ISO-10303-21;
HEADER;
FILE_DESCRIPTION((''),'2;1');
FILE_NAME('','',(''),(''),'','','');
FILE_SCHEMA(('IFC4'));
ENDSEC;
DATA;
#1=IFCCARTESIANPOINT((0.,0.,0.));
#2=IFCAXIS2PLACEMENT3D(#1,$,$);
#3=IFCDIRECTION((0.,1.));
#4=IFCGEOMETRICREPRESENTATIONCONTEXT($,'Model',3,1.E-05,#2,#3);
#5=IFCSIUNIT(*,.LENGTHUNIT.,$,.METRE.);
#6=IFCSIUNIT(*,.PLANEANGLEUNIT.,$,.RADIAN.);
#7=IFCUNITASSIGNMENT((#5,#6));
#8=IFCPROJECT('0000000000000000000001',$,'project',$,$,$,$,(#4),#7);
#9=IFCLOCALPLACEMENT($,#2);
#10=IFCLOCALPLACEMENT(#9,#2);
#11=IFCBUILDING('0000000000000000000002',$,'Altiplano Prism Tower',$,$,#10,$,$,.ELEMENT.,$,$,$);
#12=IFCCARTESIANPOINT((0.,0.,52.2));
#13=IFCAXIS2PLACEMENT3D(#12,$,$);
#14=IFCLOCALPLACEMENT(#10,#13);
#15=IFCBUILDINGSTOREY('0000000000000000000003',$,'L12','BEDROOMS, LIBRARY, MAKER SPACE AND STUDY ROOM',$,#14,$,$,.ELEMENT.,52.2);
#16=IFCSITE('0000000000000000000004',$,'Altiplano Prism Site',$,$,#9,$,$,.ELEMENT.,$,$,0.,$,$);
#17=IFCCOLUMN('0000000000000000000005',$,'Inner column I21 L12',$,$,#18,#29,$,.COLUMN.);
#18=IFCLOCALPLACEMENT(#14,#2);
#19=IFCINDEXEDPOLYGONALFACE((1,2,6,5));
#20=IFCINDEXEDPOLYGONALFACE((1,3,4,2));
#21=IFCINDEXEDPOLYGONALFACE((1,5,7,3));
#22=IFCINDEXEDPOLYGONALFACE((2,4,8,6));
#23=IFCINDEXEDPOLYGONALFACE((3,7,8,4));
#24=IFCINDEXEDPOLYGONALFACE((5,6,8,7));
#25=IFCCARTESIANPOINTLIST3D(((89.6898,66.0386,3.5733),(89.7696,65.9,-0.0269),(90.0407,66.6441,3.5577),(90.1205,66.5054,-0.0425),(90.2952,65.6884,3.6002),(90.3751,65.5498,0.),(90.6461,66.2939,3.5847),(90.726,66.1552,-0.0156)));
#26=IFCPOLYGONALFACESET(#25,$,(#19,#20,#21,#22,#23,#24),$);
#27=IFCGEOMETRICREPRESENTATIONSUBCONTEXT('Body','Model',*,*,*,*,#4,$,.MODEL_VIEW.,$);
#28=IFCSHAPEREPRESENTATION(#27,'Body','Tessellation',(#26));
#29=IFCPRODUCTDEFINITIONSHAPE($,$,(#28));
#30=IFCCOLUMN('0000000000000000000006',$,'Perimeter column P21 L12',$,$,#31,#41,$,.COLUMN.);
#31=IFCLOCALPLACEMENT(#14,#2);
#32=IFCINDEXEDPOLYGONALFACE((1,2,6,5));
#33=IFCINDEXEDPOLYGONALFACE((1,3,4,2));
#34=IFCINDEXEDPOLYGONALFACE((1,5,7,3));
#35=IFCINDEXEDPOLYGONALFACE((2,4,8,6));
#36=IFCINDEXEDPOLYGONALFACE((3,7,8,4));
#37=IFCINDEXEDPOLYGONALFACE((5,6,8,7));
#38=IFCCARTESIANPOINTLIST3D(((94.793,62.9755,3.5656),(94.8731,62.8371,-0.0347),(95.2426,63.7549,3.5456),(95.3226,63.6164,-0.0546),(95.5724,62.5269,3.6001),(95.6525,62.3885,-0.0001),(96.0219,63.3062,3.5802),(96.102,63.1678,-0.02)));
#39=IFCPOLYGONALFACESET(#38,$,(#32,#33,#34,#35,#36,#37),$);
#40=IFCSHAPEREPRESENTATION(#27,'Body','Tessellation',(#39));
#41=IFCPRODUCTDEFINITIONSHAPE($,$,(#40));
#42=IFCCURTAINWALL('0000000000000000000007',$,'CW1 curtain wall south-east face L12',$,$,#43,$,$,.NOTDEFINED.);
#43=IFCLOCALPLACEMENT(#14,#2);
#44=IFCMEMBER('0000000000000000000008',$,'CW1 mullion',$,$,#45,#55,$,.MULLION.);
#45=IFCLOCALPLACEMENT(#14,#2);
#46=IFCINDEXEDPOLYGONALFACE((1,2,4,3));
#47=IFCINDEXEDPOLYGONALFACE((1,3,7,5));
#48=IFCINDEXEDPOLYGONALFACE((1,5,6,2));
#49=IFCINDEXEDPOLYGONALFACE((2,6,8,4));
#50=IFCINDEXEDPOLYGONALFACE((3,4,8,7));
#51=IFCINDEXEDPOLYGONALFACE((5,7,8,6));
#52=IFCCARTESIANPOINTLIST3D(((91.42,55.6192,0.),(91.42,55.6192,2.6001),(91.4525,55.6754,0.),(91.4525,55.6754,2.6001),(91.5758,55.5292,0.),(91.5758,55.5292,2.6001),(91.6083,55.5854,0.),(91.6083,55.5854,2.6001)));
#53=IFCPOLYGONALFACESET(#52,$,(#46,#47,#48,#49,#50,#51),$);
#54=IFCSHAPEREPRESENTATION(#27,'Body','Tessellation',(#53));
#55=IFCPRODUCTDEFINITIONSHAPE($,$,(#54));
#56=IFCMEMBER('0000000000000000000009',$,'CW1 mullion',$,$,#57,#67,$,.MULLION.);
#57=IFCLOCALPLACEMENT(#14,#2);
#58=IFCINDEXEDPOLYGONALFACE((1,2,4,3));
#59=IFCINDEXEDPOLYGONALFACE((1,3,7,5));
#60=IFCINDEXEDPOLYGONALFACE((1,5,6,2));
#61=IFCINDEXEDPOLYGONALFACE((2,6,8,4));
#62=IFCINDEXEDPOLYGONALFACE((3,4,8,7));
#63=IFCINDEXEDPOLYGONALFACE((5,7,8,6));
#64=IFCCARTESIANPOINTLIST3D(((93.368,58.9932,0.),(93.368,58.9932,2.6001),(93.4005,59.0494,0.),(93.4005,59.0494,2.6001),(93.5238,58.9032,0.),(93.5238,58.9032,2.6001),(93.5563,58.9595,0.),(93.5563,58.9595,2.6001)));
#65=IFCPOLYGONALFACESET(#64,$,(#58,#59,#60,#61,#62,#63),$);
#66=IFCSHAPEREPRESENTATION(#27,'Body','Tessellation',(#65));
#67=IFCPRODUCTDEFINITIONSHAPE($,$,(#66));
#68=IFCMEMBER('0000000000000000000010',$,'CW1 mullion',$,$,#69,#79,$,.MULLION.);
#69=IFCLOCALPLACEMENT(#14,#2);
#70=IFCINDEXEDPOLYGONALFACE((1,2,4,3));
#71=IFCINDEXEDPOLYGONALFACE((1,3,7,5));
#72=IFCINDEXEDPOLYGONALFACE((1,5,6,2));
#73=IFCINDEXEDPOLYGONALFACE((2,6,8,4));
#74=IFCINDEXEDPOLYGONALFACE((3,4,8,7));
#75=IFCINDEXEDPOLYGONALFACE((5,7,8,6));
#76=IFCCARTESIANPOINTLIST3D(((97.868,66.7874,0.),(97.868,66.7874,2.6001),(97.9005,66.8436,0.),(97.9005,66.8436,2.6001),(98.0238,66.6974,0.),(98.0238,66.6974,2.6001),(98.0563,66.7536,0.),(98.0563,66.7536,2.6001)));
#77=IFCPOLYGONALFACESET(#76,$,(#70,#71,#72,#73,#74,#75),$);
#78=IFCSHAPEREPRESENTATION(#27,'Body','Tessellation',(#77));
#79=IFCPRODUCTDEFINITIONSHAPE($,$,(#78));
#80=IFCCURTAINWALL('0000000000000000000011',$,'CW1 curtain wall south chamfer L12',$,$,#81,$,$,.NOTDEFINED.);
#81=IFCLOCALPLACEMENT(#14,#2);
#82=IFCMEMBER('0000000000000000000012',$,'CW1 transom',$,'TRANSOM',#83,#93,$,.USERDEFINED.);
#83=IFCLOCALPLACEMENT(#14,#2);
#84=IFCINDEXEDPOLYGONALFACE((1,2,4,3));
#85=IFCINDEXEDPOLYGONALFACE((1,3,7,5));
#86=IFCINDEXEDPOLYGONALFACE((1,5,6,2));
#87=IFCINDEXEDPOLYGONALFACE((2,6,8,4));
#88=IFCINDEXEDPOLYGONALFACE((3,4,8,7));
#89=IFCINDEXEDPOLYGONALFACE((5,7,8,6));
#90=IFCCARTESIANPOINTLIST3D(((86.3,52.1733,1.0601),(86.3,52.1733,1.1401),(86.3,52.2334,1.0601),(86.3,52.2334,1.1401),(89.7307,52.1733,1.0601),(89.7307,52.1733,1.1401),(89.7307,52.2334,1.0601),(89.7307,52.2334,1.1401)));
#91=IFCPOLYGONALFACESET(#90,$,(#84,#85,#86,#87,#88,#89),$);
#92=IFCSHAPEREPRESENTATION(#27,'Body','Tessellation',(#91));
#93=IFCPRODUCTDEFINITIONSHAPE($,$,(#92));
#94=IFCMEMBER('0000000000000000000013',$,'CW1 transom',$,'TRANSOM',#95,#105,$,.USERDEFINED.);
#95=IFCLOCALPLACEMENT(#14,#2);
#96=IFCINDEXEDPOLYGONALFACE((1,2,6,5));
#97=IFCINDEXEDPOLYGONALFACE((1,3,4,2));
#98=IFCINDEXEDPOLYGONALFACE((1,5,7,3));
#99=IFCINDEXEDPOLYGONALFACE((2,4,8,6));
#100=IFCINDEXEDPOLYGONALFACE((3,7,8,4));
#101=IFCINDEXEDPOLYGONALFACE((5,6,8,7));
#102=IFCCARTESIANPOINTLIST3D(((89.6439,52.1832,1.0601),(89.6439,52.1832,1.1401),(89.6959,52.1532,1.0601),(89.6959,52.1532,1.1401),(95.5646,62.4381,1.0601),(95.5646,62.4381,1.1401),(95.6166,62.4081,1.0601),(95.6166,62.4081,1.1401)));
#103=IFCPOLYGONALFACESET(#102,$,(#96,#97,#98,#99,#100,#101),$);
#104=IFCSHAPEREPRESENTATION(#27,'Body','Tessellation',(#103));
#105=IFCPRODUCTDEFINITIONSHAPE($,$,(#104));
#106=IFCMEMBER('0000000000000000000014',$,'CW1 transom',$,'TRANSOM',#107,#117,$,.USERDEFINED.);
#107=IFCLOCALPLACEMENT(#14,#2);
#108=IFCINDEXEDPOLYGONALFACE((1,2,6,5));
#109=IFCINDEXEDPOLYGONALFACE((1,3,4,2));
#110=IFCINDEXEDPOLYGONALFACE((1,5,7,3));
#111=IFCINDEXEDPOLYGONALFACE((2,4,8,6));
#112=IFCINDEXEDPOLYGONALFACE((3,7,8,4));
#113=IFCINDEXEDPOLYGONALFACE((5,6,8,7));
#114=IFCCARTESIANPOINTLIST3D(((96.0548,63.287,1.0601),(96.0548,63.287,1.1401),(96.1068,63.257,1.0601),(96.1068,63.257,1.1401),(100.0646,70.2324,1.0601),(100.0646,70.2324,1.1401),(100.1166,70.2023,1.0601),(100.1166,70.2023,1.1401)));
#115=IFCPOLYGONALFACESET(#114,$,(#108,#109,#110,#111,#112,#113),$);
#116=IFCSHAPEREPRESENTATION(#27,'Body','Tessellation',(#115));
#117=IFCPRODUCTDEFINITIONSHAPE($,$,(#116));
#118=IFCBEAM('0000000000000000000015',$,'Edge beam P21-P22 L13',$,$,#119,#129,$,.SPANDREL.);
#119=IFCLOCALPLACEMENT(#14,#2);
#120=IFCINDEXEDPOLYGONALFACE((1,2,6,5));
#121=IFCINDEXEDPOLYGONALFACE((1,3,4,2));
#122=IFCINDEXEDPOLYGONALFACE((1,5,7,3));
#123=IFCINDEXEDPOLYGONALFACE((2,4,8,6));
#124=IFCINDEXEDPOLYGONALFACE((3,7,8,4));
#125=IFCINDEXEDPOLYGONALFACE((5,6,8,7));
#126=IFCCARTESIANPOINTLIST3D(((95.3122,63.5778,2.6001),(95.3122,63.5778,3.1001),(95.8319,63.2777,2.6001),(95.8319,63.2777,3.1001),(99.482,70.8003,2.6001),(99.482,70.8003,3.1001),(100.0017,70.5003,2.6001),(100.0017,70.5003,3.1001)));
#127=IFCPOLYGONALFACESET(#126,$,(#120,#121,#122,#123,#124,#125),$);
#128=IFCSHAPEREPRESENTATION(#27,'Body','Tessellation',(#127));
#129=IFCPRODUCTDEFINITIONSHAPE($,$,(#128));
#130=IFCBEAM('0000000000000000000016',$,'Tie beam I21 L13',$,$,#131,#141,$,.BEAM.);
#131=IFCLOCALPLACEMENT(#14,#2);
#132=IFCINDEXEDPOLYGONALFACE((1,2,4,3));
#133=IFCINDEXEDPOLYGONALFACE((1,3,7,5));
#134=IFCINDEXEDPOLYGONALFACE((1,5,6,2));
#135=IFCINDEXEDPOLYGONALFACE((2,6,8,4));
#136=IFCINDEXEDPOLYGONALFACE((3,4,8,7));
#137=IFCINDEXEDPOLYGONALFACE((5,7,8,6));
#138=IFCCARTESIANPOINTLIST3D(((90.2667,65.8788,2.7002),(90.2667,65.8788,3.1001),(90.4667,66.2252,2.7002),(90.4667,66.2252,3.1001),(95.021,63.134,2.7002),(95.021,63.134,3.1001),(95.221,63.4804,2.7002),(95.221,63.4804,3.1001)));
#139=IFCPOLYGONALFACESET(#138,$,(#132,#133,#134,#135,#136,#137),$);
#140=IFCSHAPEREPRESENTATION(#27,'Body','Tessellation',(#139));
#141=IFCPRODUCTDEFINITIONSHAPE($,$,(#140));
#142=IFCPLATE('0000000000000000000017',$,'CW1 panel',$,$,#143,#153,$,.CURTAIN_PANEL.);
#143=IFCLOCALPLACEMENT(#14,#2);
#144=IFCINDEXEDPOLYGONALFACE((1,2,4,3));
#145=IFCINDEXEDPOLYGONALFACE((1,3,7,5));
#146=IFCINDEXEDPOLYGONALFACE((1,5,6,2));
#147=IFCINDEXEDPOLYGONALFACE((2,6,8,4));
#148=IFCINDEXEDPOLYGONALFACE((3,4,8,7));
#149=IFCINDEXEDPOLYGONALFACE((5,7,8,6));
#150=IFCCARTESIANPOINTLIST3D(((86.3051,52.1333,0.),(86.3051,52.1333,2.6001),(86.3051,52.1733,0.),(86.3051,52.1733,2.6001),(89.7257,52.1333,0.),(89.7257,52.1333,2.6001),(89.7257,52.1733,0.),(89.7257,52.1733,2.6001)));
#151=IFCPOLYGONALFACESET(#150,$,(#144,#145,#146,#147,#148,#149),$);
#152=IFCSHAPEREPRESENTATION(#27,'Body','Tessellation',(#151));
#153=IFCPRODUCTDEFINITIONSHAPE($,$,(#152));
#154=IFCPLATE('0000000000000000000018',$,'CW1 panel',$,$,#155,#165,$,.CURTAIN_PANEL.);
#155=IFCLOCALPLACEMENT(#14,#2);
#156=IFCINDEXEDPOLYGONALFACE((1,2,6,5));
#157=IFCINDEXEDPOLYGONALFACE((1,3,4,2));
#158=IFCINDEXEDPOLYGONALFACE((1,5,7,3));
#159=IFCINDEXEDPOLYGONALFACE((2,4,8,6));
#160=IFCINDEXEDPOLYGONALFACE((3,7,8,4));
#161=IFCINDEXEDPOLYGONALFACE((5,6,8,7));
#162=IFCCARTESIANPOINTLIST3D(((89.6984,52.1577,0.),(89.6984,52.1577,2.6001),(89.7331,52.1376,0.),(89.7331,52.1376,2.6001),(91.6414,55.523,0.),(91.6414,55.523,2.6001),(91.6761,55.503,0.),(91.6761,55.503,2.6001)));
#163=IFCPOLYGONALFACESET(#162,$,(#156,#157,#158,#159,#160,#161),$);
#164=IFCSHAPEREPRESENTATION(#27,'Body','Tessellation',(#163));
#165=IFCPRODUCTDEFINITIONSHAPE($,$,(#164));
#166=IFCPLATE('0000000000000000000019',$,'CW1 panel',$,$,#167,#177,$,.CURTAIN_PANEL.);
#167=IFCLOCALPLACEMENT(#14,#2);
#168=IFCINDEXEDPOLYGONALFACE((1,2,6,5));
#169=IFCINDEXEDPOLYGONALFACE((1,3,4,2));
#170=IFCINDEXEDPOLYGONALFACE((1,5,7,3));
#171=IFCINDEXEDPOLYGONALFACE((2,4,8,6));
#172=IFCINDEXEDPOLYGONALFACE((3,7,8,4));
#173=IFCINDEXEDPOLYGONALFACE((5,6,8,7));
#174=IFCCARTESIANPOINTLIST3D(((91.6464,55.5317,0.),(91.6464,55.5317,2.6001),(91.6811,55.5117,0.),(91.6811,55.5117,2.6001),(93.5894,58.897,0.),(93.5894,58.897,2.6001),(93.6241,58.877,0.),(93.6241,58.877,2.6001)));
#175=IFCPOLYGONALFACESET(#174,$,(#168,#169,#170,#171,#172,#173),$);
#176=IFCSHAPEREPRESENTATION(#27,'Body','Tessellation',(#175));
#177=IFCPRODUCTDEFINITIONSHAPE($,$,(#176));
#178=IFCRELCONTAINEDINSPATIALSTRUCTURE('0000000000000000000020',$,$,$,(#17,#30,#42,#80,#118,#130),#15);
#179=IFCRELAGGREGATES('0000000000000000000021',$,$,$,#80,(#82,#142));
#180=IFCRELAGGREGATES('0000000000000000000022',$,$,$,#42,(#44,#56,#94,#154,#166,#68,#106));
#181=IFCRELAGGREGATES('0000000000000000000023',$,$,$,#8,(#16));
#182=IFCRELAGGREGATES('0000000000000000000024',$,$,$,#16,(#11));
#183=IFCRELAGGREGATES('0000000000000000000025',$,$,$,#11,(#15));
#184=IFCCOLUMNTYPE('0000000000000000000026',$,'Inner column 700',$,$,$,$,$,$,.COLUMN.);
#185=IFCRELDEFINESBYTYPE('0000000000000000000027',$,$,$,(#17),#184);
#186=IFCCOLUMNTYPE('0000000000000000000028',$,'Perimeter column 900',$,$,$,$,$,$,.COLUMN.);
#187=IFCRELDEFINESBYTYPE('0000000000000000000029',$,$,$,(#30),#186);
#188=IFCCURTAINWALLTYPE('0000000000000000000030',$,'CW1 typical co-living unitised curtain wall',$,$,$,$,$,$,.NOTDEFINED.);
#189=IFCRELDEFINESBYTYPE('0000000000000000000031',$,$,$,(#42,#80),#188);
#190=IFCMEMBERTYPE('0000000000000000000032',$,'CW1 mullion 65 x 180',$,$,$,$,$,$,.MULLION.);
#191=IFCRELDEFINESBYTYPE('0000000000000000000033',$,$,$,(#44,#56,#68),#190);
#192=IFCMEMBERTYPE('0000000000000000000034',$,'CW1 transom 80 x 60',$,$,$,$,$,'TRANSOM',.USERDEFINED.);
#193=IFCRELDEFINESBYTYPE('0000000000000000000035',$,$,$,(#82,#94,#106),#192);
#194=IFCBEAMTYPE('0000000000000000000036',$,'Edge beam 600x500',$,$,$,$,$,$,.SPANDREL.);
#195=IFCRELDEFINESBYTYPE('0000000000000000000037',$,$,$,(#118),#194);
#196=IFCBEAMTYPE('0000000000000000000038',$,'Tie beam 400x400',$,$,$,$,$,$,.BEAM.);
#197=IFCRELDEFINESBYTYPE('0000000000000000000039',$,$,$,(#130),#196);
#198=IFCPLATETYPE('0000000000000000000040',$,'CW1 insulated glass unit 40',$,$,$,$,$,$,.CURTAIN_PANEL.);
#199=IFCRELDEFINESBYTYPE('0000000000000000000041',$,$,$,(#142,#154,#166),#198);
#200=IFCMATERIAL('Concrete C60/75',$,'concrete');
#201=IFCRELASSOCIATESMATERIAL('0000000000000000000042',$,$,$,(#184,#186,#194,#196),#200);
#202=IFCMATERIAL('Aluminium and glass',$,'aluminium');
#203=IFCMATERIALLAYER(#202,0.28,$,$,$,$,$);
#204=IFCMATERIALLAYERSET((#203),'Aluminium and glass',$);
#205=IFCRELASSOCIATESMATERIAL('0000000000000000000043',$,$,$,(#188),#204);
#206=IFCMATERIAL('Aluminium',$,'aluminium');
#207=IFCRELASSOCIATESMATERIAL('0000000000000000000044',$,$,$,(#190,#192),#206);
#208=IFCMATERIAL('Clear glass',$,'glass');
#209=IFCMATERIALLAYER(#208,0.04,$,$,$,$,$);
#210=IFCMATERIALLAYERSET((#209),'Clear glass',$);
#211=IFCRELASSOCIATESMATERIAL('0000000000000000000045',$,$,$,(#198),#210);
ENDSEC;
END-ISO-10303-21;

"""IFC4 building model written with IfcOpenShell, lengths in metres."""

from ifc_helpers import new_model, si_unit, direction, frame, origin, origin_2d, place, context, subcontext, project, spatial, rectangle, extrude, material, layer, layer_set, material_profile, profile_set, type_object, element, aggregate, save


model = new_model("IFC4")

# Units and contexts
model_context = context("Model", 3, precision=1e-05, world=origin(), true_north=direction((0.0, 1.0)))
body_context = subcontext(model_context, "Body", "Model", "MODEL_VIEW")
ifc_project = project(units=[si_unit("LENGTHUNIT", "METRE"), si_unit("PLANEANGLEUNIT", "RADIAN")], contexts=[model_context])

# Site, building, storey
site_placement = place(None, origin())
site = spatial("IfcSite", under=ifc_project, at=site_placement, Name="Altiplano Prism Site", CompositionType="ELEMENT", RefElevation=0.0)
building_placement = place(site_placement, origin())
building = spatial("IfcBuilding", under=site, at=building_placement, Name="Altiplano Prism Tower", CompositionType="ELEMENT")
storey_placement = place(building_placement, frame((0.0, 0.0, 52.2)))
storey = spatial("IfcBuildingStorey", under=building, at=storey_placement, Name="L12", Description="BEDROOMS, LIBRARY, MAKER SPACE AND STUDY ROOM", CompositionType="ELEMENT", Elevation=52.2)

# Columns
ifc_material_1 = material(Name="Concrete C60/75", Category="concrete")
ifc_material_profile_1 = material_profile(ifc_material_1, rectangle(XDim=0.7, YDim=0.7, at=origin_2d()), Name="Inner column 700")
ifc_profile_set_1 = profile_set([ifc_material_profile_1], Name="Concrete C60/75")
column_type_1 = type_object("IfcColumnType", Name="Inner column 700", PredefinedType="COLUMN", material=ifc_profile_set_1)
column_1_placement = place(storey_placement, frame((90.2478, 66.0276, -0.0212), z_axis=(-0.022154, 0.038481, 0.999014), x_axis=(-0.50131, -0.864983, 0.022201)))
element("IfcColumn", 1, at=column_1_placement, inside=storey, type_object=column_type_1, Name="Inner column I21 L12", PredefinedType="COLUMN", context=body_context, shape_type="SweptSolid", body=[
    extrude(rectangle(XDim=0.7, YDim=0.7, at=origin_2d()), origin(), (0.0, 0.0, 1.0), 3.6038),
])
ifc_material_profile_2 = material_profile(ifc_material_1, rectangle(XDim=0.8999, YDim=0.8999, at=origin_2d()), Name="Perimeter column 900")
ifc_profile_set_2 = profile_set([ifc_material_profile_2], Name="Concrete C60/75")
column_type_2 = type_object("IfcColumnType", Name="Perimeter column 900", PredefinedType="COLUMN", material=ifc_profile_set_2)
column_2_placement = place(storey_placement, frame((95.4875, 63.0024, -0.0273), z_axis=(-0.022221, 0.038413, 0.999015), x_axis=(-0.499506, -0.866026, 0.022189)))
element("IfcColumn", 2, at=column_2_placement, inside=storey, type_object=column_type_2, Name="Perimeter column P21 L12", PredefinedType="COLUMN", context=body_context, shape_type="SweptSolid", body=[
    extrude(rectangle(XDim=0.8999, YDim=0.8999, at=origin_2d()), origin(), (0.0, 0.0, 1.0), 3.6038),
])

# Curtain wall, members
ifc_material_2 = material(Name="Aluminium and glass", Category="aluminium")
ifc_layer_1 = layer(ifc_material_2, 0.28)
ifc_layer_set_1 = layer_set([ifc_layer_1], Name="Aluminium and glass")
curtain_wall_type = type_object("IfcCurtainWallType", Name="CW1 typical co-living unitised curtain wall", PredefinedType="NOTDEFINED", material=ifc_layer_set_1)
curtain_wall_1_placement = place(storey_placement, origin())
curtain_wall_1 = element("IfcCurtainWall", 3, at=curtain_wall_1_placement, inside=storey, type_object=curtain_wall_type, Name="CW1 curtain wall south-east face L12", PredefinedType="NOTDEFINED")
ifc_material_3 = material(Name="Aluminium", Category="aluminium")
ifc_material_profile_3 = material_profile(ifc_material_3, rectangle(XDim=0.1799, YDim=0.0649, at=origin_2d()), Name="CW1 mullion 65 x 180")
ifc_profile_set_3 = profile_set([ifc_material_profile_3], Name="Aluminium")
member_type_1 = type_object("IfcMemberType", Name="CW1 mullion 65 x 180", PredefinedType="MULLION", material=ifc_profile_set_3)
member_1_placement = place(storey_placement, frame((91.5142, 55.6023, 0.0), z_axis=(0.0, 0.0, 1.0), x_axis=(-0.866025, 0.5, 0.0)))
member_1 = element("IfcMember", 4, at=member_1_placement, type_object=member_type_1, Name="CW1 mullion", PredefinedType="MULLION", context=body_context, shape_type="SweptSolid", body=[
    extrude(rectangle(XDim=0.1799, YDim=0.0649, at=origin_2d()), origin(), (0.0, 0.0, 1.0), 2.6001),
])
member_2_placement = place(storey_placement, frame((93.4622, 58.9763, 0.0), z_axis=(0.0, 0.0, 1.0), x_axis=(-0.866025, 0.5, 0.0)))
member_2 = element("IfcMember", 5, at=member_2_placement, type_object=member_type_1, Name="CW1 mullion", PredefinedType="MULLION", context=body_context, shape_type="SweptSolid", body=[
    extrude(rectangle(XDim=0.1799, YDim=0.0649, at=origin_2d()), origin(), (0.0, 0.0, 1.0), 2.6001),
])
member_3_placement = place(storey_placement, frame((97.9622, 66.7705, 0.0), z_axis=(0.0, 0.0, 1.0), x_axis=(-0.866025, 0.5, 0.0)))
member_3 = element("IfcMember", 6, at=member_3_placement, type_object=member_type_1, Name="CW1 mullion", PredefinedType="MULLION", context=body_context, shape_type="SweptSolid", body=[
    extrude(rectangle(XDim=0.1799, YDim=0.0649, at=origin_2d()), origin(), (0.0, 0.0, 1.0), 2.6001),
])

# Curtain wall, member
curtain_wall_2_placement = place(storey_placement, origin())
curtain_wall_2 = element("IfcCurtainWall", 7, at=curtain_wall_2_placement, inside=storey, type_object=curtain_wall_type, Name="CW1 curtain wall south chamfer L12", PredefinedType="NOTDEFINED")
ifc_material_profile_4 = material_profile(ifc_material_3, rectangle(XDim=0.0601, YDim=0.0801, at=origin_2d()), Name="CW1 transom 80 x 60")
ifc_profile_set_4 = profile_set([ifc_material_profile_4], Name="Aluminium")
member_type_2 = type_object("IfcMemberType", Name="CW1 transom 80 x 60", ElementType="TRANSOM", PredefinedType="USERDEFINED", material=ifc_profile_set_4)
member_4_placement = place(storey_placement, frame((86.3, 52.2034, 1.1001), z_axis=(1.0, 0.0, 0.0), x_axis=(0.0, 1.0, 0.0)))
member_4 = element("IfcMember", 8, at=member_4_placement, type_object=member_type_2, Name="CW1 transom", ObjectType="TRANSOM", PredefinedType="USERDEFINED", context=body_context, shape_type="SweptSolid", body=[
    extrude(rectangle(XDim=0.0601, YDim=0.0801, at=origin_2d()), origin(), (0.0, 0.0, 1.0), 3.4307),
])

# Members
member_5_placement = place(storey_placement, frame((89.6699, 52.1682, 1.1001), z_axis=(0.5, 0.866026, 0.0), x_axis=(-0.866026, 0.5, 0.0)))
member_5 = element("IfcMember", 9, at=member_5_placement, type_object=member_type_2, Name="CW1 transom", ObjectType="TRANSOM", PredefinedType="USERDEFINED", context=body_context, shape_type="SweptSolid", body=[
    extrude(rectangle(XDim=0.0601, YDim=0.0801, at=origin_2d()), origin(), (0.0, 0.0, 1.0), 11.8413),
])
member_6_placement = place(storey_placement, frame((96.0808, 63.272, 1.1001), z_axis=(0.499989, 0.866031, 0.0), x_axis=(-0.866031, 0.499989, 0.0)))
member_6 = element("IfcMember", 10, at=member_6_placement, type_object=member_type_2, Name="CW1 transom", ObjectType="TRANSOM", PredefinedType="USERDEFINED", context=body_context, shape_type="SweptSolid", body=[
    extrude(rectangle(XDim=0.0601, YDim=0.0801, at=origin_2d()), origin(), (0.0, 0.0, 1.0), 8.0198),
])

# Beams
ifc_material_profile_5 = material_profile(ifc_material_1, rectangle(XDim=0.6001, YDim=0.5, at=origin_2d()), Name="Edge beam 600x500")
ifc_profile_set_5 = profile_set([ifc_material_profile_5], Name="Concrete C60/75")
beam_type_1 = type_object("IfcBeamType", Name="Edge beam 600x500", PredefinedType="SPANDREL", material=ifc_profile_set_5)
beam_1_placement = place(storey_placement, frame((95.572, 63.4277, 2.8501), z_axis=(0.499993, 0.86603, 0.0), x_axis=(-0.86603, 0.499993, 0.0)))
element("IfcBeam", 11, at=beam_1_placement, inside=storey, type_object=beam_type_1, Name="Edge beam P21-P22 L13", PredefinedType="SPANDREL", context=body_context, shape_type="SweptSolid", body=[
    extrude(rectangle(XDim=0.6001, YDim=0.5, at=origin_2d()), origin(), (0.0, 0.0, 1.0), 8.3398),
])
ifc_material_profile_6 = material_profile(ifc_material_1, rectangle(XDim=0.3999, YDim=0.3999, at=origin_2d()), Name="Tie beam 400x400")
ifc_profile_set_6 = profile_set([ifc_material_profile_6], Name="Concrete C60/75")
beam_type_2 = type_object("IfcBeamType", Name="Tie beam 400x400", PredefinedType="BEAM", material=ifc_profile_set_6)
beam_2_placement = place(storey_placement, frame((90.3667, 66.052, 2.9001), z_axis=(0.866032, -0.499989, 0.0), x_axis=(0.499989, 0.866032, 0.0)))
element("IfcBeam", 12, at=beam_2_placement, inside=storey, type_object=beam_type_2, Name="Tie beam I21 L13", PredefinedType="BEAM", context=body_context, shape_type="SweptSolid", body=[
    extrude(rectangle(XDim=0.3999, YDim=0.3999, at=origin_2d()), origin(), (0.0, 0.0, 1.0), 5.4897),
])

# Plates
ifc_material_4 = material(Name="Clear glass", Category="glass")
ifc_layer_2 = layer(ifc_material_4, 0.04)
ifc_layer_set_2 = layer_set([ifc_layer_2], Name="Clear glass")
plate_type = type_object("IfcPlateType", Name="CW1 insulated glass unit 40", PredefinedType="CURTAIN_PANEL", material=ifc_layer_set_2)
plate_1_placement = place(storey_placement, frame((88.0154, 52.1533, 0.0), z_axis=(0.0, 0.0, 1.0), x_axis=(1.0, 0.0, 0.0)))
plate_1 = element("IfcPlate", 13, at=plate_1_placement, type_object=plate_type, Name="CW1 panel", PredefinedType="CURTAIN_PANEL", context=body_context, shape_type="SweptSolid", body=[
    extrude(rectangle(XDim=3.4207, YDim=0.04, at=origin_2d()), origin(), (0.0, 0.0, 1.0), 2.6001),
])
aggregate(curtain_wall_2, [member_4, plate_1])
plate_2_placement = place(storey_placement, frame((90.6873, 53.8303, 0.0), z_axis=(0.0, 0.0, 1.0), x_axis=(0.5, 0.866025, 0.0)))
plate_2 = element("IfcPlate", 14, at=plate_2_placement, type_object=plate_type, Name="CW1 panel", PredefinedType="CURTAIN_PANEL", context=body_context, shape_type="SweptSolid", body=[
    extrude(rectangle(XDim=3.886, YDim=0.04, at=origin_2d()), origin(), (0.0, 0.0, 1.0), 2.6001),
])
plate_3_placement = place(storey_placement, frame((92.6353, 57.2043, 0.0), z_axis=(0.0, 0.0, 1.0), x_axis=(0.5, 0.866025, 0.0)))
plate_3 = element("IfcPlate", 15, at=plate_3_placement, type_object=plate_type, Name="CW1 panel", PredefinedType="CURTAIN_PANEL", context=body_context, shape_type="SweptSolid", body=[
    extrude(rectangle(XDim=3.886, YDim=0.04, at=origin_2d()), origin(), (0.0, 0.0, 1.0), 2.6001),
])
aggregate(curtain_wall_1, [member_1, member_2, member_5, plate_2, plate_3, member_3, member_6])

save(model, "model.ifc")
